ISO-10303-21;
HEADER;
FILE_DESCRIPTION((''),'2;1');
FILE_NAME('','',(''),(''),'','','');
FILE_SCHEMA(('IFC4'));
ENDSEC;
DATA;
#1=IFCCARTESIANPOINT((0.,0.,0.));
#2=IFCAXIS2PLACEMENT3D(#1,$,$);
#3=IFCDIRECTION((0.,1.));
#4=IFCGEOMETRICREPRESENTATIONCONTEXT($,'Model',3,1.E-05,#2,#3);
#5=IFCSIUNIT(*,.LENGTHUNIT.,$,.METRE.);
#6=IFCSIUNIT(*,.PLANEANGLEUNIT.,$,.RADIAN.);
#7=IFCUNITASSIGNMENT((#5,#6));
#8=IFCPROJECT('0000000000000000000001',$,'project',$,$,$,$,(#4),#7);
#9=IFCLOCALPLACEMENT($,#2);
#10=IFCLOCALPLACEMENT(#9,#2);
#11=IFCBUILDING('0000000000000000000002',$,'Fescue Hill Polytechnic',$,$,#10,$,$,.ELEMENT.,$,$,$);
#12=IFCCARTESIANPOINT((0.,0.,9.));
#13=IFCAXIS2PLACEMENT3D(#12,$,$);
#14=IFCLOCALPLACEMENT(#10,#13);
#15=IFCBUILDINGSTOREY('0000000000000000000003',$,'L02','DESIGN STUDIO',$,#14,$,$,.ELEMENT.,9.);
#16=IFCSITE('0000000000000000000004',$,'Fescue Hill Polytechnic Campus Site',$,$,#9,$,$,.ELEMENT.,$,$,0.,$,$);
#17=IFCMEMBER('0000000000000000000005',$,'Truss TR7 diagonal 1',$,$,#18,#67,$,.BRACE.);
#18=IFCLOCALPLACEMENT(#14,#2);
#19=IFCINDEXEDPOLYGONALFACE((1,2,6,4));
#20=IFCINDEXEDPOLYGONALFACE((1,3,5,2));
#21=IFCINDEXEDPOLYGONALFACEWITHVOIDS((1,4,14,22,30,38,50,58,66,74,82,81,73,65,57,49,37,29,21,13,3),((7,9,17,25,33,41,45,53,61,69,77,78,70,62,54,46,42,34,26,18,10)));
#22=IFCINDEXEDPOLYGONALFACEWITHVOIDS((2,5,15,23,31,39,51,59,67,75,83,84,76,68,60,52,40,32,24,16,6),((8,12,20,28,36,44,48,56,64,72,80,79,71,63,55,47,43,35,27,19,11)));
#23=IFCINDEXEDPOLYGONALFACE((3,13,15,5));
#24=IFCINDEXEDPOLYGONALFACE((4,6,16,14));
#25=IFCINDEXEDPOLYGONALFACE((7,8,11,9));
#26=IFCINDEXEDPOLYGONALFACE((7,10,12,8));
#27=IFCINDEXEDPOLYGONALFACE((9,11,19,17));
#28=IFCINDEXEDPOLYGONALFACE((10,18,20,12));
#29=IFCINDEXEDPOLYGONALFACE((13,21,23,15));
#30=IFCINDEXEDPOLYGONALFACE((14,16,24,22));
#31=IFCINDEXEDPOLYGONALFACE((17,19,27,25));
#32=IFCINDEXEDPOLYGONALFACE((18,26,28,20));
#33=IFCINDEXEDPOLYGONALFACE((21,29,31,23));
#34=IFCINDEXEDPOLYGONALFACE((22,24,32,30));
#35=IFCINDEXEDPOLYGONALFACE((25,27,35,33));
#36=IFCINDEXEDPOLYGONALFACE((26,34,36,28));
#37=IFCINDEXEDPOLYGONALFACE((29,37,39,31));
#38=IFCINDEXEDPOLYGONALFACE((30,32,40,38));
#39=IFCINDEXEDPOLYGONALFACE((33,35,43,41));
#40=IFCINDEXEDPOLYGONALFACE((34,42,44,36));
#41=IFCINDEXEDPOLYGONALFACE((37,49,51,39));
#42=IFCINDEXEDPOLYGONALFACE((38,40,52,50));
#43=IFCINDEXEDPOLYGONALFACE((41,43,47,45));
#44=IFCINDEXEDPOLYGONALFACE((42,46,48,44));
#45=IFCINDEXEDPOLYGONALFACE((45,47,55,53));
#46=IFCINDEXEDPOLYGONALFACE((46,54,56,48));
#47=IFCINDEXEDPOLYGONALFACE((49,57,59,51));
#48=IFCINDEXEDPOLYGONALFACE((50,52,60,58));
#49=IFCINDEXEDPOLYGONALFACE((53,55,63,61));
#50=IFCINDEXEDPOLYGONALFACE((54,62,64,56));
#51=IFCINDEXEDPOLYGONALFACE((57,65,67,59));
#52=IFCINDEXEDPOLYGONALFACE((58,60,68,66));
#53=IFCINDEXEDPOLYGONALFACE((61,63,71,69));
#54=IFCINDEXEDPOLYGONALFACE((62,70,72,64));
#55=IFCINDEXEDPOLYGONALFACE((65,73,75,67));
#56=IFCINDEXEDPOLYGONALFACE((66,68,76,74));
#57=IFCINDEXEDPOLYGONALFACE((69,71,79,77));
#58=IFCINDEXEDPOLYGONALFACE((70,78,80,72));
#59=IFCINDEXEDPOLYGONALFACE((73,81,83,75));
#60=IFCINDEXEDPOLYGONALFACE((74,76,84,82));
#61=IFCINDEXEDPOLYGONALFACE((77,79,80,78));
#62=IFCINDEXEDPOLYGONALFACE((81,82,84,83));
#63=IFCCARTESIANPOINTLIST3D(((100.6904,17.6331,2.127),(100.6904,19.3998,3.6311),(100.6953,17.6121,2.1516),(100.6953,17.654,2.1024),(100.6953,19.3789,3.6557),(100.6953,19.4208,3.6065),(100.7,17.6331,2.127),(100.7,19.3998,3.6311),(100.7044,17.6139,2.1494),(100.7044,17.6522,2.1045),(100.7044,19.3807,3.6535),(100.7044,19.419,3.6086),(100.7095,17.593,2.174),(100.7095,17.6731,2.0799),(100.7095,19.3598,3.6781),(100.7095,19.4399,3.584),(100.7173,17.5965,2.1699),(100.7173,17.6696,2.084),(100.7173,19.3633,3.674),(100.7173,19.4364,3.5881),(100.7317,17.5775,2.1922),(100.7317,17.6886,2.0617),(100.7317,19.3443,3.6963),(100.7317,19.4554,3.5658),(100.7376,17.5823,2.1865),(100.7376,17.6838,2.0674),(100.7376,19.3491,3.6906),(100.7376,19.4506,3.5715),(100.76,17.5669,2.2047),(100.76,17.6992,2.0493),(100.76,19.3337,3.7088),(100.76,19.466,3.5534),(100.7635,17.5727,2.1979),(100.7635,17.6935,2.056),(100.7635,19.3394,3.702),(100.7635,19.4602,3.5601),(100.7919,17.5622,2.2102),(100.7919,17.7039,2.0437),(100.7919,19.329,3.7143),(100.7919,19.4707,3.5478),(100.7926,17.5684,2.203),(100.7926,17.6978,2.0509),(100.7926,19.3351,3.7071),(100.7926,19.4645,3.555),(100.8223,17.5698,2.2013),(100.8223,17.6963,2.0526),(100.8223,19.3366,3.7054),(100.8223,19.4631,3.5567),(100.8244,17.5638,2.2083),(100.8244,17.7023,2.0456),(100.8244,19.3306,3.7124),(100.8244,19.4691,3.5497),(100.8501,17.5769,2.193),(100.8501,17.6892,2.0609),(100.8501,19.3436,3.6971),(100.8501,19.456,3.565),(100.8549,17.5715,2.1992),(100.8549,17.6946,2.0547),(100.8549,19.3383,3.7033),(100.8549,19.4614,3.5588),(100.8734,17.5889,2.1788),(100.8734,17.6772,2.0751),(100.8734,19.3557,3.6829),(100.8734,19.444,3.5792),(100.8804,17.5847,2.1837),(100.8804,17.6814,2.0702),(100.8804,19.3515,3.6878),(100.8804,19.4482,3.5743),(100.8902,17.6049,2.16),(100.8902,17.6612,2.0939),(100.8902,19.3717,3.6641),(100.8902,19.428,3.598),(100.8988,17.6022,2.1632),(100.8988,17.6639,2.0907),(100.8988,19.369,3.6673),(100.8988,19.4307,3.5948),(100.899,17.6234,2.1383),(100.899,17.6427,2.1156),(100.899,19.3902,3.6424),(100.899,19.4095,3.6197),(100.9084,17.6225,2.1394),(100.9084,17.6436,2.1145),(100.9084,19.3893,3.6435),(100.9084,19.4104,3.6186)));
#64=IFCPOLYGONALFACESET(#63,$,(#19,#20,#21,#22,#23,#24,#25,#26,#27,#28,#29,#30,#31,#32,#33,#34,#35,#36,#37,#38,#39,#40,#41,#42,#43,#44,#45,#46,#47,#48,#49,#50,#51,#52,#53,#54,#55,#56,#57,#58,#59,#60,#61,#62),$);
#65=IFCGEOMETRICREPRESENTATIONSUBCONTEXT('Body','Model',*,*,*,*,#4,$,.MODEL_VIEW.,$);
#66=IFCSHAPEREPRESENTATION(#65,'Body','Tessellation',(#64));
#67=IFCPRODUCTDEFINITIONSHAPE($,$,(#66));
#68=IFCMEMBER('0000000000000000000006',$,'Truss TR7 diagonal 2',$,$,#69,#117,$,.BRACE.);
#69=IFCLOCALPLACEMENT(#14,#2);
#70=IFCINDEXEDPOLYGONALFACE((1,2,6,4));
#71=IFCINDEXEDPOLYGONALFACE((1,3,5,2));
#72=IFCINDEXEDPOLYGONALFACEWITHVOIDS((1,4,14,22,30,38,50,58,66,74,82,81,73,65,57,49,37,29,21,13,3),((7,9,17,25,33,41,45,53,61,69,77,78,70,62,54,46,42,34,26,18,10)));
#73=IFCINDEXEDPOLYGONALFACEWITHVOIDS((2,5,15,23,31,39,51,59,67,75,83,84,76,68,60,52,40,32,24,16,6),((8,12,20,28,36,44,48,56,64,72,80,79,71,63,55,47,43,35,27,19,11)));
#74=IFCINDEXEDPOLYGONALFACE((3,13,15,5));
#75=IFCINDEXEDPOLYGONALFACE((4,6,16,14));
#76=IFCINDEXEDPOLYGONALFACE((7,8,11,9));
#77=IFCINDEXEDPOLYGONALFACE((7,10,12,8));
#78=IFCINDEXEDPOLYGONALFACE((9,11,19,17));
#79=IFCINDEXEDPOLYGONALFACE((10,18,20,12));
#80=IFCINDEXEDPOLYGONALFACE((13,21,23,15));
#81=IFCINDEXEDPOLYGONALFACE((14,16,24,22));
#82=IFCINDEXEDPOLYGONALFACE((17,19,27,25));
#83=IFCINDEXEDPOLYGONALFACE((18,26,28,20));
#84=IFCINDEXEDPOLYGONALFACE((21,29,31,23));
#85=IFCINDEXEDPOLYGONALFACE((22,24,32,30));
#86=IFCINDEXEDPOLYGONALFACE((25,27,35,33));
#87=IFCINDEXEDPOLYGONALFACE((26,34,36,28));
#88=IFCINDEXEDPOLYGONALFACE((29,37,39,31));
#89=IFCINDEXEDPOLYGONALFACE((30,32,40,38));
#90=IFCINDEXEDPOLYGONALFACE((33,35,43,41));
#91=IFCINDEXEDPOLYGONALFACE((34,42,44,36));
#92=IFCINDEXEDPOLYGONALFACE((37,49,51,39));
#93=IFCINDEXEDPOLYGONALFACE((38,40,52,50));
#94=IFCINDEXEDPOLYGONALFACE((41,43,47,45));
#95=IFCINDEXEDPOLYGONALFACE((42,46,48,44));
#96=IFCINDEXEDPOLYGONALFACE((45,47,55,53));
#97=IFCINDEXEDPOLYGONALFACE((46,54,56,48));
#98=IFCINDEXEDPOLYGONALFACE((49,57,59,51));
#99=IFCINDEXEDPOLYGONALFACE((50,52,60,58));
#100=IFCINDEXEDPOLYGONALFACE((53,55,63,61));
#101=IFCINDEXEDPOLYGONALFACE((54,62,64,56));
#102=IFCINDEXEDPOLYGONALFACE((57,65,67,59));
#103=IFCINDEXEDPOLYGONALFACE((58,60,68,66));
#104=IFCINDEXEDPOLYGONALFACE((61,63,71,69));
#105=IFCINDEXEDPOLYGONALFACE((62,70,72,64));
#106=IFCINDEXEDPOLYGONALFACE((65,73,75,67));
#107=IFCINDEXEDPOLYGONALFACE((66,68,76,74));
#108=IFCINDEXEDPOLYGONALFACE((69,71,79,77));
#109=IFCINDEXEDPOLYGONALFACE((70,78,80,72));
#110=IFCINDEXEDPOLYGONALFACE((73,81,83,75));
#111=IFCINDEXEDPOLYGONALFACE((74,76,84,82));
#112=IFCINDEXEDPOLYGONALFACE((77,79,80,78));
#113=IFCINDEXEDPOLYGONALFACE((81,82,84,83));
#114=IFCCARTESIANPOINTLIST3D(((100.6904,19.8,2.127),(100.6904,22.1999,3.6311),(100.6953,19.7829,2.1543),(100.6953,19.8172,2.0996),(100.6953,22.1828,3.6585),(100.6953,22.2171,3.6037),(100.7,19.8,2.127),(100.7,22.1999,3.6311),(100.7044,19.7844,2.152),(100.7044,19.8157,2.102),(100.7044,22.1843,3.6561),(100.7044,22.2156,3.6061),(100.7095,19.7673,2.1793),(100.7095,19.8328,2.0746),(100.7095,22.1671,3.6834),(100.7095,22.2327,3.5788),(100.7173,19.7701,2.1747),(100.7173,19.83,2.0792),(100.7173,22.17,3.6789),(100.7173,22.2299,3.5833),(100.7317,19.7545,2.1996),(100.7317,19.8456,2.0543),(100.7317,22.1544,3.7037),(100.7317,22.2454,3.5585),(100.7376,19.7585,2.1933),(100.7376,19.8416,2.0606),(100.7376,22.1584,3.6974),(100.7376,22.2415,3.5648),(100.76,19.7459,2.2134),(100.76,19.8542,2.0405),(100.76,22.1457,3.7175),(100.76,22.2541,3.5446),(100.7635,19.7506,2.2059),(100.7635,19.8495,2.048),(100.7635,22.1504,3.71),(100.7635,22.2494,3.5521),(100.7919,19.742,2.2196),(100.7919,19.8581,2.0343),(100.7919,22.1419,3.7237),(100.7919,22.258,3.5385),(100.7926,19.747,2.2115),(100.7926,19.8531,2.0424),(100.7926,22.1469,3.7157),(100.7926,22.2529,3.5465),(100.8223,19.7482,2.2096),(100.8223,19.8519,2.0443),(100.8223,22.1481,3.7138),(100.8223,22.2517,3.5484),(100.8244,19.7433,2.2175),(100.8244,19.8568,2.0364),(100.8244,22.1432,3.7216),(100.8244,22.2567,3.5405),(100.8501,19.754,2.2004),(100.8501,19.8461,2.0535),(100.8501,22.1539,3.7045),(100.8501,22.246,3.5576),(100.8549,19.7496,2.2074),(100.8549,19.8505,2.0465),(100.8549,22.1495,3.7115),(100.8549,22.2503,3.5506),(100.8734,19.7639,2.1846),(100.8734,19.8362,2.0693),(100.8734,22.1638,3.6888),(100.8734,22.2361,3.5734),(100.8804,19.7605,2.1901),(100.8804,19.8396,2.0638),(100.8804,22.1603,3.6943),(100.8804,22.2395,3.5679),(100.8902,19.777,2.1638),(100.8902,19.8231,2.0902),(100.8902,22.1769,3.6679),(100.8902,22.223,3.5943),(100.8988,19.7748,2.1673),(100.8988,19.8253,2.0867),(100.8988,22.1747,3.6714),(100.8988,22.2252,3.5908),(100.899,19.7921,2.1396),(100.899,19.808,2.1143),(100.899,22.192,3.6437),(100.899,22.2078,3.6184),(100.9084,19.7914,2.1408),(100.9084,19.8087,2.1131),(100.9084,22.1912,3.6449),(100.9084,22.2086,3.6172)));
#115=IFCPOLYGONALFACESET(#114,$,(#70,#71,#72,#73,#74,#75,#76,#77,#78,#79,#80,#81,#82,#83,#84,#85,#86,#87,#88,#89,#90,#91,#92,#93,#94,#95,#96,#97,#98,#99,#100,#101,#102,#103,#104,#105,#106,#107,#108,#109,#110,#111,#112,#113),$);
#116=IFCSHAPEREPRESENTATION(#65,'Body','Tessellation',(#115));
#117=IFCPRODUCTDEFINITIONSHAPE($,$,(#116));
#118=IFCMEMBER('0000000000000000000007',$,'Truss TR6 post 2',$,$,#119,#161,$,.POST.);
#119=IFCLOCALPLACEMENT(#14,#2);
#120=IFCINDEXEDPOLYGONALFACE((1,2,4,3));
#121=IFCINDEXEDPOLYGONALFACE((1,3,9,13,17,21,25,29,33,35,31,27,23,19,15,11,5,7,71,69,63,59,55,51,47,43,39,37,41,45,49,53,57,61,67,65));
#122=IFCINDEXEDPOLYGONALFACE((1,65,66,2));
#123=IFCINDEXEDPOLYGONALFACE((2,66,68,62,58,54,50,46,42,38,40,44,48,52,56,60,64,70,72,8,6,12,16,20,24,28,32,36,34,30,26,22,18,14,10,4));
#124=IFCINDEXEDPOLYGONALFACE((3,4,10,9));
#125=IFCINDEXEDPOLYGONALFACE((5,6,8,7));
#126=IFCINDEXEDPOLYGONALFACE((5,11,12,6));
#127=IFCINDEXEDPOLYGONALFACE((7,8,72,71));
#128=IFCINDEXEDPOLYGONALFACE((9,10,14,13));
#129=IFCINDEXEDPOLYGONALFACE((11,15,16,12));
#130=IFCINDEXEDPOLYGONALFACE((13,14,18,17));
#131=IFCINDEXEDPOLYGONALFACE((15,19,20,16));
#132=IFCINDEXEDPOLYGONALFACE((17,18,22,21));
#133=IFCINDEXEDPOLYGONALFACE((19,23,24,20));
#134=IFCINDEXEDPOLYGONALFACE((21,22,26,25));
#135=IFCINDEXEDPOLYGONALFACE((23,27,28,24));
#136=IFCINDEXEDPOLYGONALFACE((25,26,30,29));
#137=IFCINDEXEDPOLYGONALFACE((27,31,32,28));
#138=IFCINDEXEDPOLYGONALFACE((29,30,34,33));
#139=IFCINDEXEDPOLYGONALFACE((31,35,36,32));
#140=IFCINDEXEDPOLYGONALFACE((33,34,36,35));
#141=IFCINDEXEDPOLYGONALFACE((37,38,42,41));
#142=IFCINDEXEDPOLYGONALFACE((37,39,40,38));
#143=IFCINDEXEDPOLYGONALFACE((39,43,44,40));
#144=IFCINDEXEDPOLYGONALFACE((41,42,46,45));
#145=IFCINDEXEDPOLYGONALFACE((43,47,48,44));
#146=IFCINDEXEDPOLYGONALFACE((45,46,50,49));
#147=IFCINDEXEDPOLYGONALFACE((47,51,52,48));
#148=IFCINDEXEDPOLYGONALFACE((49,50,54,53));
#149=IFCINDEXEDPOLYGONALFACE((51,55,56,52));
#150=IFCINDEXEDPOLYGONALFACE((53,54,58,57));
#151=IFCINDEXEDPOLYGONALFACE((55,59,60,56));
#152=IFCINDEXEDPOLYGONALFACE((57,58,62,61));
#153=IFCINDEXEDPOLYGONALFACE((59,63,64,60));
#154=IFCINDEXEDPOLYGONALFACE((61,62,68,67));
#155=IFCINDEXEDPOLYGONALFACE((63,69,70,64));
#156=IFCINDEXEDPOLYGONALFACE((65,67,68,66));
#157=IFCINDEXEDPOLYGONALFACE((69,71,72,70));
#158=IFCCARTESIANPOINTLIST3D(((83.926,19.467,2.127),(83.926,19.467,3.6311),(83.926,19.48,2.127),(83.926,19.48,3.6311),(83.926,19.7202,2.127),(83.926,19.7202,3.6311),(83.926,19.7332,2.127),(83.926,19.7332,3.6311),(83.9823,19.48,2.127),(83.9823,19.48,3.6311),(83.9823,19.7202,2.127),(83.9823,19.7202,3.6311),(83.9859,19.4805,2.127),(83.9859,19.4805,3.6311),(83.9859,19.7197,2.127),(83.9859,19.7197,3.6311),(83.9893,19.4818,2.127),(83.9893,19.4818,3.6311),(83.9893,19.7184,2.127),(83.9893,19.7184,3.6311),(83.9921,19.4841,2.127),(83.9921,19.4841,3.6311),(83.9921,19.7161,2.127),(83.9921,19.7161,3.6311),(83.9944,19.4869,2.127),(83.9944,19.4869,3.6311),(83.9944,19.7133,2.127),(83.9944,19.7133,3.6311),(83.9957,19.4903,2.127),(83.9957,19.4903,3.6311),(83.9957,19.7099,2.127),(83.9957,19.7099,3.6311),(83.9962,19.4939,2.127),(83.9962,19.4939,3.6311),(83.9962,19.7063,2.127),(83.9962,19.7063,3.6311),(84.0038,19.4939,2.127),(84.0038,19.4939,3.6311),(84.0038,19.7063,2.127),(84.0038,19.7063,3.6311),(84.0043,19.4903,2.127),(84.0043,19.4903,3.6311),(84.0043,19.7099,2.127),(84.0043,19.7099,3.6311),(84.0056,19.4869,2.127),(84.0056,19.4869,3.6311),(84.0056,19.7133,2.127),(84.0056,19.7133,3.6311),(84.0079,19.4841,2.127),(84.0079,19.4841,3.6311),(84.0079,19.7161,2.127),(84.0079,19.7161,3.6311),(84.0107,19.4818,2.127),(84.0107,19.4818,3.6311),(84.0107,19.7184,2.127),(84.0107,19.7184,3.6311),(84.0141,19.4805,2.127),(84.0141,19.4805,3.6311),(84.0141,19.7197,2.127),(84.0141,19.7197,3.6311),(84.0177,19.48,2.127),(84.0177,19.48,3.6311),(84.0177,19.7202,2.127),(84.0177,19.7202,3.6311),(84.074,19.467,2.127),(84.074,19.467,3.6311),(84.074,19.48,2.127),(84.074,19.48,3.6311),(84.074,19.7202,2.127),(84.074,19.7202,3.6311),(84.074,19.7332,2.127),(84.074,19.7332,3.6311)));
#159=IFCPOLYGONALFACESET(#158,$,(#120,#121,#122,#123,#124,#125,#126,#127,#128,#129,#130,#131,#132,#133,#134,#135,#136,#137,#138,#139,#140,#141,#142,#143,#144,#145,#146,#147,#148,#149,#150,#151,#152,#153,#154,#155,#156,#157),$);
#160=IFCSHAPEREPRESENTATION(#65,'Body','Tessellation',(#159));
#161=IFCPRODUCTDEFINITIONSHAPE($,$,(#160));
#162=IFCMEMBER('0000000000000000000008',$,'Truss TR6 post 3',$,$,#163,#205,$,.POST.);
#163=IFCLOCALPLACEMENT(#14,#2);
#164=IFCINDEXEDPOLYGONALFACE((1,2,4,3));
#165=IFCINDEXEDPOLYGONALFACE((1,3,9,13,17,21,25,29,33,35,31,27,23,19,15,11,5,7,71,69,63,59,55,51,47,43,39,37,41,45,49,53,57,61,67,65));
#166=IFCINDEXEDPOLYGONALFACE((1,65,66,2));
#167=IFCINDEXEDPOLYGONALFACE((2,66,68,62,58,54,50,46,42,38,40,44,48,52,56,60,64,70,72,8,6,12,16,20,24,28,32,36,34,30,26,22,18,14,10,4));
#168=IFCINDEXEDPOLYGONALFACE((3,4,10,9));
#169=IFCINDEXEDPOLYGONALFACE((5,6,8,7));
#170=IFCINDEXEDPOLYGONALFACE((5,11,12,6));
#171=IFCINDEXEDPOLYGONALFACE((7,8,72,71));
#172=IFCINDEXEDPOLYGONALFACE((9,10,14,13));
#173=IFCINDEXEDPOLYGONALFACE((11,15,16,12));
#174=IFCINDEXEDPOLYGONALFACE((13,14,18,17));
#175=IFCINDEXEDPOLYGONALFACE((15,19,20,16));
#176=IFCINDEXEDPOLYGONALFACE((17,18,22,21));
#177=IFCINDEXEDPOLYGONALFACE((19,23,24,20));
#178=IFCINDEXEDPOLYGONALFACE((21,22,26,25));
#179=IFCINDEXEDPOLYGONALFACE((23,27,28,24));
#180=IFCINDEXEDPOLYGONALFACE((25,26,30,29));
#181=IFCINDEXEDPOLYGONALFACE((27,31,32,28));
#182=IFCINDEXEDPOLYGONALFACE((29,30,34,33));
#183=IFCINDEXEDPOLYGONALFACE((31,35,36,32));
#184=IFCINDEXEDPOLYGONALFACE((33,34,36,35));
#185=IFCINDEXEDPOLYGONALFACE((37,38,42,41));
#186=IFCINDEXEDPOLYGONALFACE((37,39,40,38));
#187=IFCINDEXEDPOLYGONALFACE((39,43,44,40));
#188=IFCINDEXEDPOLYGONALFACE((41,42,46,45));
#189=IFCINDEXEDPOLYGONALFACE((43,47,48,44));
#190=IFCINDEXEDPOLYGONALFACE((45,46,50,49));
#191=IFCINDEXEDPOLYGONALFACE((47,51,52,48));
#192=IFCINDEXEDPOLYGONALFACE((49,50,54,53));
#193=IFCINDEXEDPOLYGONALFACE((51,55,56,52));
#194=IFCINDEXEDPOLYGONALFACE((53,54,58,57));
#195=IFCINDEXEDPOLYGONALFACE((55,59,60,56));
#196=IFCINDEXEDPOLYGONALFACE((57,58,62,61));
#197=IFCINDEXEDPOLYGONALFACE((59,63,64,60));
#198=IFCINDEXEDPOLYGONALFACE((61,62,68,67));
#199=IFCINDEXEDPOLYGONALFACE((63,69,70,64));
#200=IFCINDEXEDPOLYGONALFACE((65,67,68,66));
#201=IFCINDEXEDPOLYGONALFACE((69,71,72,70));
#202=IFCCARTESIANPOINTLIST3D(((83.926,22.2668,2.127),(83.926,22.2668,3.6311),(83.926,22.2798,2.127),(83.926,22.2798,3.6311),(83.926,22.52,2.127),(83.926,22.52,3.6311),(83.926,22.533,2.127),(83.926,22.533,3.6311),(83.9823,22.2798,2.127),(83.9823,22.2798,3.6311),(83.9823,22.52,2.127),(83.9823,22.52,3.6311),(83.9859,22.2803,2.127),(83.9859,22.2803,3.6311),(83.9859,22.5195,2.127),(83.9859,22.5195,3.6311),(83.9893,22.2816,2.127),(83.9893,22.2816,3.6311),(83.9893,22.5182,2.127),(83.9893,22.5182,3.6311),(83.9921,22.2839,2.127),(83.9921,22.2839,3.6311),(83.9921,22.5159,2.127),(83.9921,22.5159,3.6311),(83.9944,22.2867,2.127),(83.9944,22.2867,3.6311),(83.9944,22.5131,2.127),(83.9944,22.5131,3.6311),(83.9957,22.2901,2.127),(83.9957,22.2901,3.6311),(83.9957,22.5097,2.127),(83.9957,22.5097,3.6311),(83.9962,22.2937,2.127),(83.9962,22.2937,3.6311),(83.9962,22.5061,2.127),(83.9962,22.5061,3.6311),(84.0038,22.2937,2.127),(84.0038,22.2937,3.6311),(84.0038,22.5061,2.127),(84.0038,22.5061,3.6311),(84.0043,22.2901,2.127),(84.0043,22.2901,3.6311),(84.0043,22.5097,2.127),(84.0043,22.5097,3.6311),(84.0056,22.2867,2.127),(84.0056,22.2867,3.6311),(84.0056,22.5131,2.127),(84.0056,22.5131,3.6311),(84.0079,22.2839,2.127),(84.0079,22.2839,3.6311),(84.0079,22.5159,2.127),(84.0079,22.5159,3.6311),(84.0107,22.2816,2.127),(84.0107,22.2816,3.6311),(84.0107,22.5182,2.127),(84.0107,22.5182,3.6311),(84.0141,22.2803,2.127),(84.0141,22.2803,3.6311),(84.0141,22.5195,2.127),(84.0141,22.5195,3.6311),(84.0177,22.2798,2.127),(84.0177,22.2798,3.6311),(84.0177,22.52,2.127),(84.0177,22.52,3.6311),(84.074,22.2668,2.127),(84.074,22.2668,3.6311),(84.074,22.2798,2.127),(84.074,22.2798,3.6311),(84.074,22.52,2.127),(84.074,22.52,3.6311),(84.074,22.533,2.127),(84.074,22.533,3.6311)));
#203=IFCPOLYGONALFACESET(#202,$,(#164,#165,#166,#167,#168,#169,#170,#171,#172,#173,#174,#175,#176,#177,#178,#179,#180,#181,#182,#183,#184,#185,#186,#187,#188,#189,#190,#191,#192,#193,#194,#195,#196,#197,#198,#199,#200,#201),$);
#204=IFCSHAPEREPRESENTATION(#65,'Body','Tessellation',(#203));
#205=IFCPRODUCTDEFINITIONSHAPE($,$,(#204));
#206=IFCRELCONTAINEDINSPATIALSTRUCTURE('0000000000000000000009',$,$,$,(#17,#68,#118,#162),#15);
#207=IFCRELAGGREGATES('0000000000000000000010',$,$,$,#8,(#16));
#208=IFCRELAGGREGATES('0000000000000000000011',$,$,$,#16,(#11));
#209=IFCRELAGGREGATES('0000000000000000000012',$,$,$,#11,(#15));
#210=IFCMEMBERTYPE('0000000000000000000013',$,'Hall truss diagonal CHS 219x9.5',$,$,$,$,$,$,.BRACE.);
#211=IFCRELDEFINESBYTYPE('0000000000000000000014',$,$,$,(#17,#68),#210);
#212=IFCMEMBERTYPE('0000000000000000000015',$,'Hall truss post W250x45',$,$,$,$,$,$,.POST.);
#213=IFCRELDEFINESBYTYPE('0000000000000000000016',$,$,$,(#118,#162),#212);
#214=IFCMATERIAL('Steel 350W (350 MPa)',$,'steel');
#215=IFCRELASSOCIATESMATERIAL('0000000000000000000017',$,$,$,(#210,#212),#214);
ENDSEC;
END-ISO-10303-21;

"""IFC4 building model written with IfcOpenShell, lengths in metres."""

from ifc_helpers import new_model, si_unit, direction, frame, origin, origin_2d, place, context, subcontext, project, spatial, hollow_circle, i_section, extrude, material, material_profile, profile_set, type_object, element, save


model = new_model("IFC4")

# Units and contexts
model_context = context("Model", 3, precision=1e-05, world=origin(), true_north=direction((0.0, 1.0)))
body_context = subcontext(model_context, "Body", "Model", "MODEL_VIEW")
ifc_project = project(units=[si_unit("LENGTHUNIT", "METRE"), si_unit("PLANEANGLEUNIT", "RADIAN")], contexts=[model_context])

# Site, building, storey
site_placement = place(None, origin())
site = spatial("IfcSite", under=ifc_project, at=site_placement, Name="Fescue Hill Polytechnic Campus Site", CompositionType="ELEMENT", RefElevation=0.0)
building_placement = place(site_placement, origin())
building = spatial("IfcBuilding", under=site, at=building_placement, Name="Fescue Hill Polytechnic", CompositionType="ELEMENT")
storey_placement = place(building_placement, frame((0.0, 0.0, 9.0)))
storey = spatial("IfcBuildingStorey", under=building, at=storey_placement, Name="L02", Description="DESIGN STUDIO", CompositionType="ELEMENT", Elevation=9.0)

# Members
ifc_material_1 = material(Name="Steel 350W (350 MPa)", Category="steel")
ifc_material_profile_1 = material_profile(ifc_material_1, hollow_circle(Radius=0.1096, WallThickness=0.0095, at=origin_2d()), Name="Hall truss diagonal CHS 219x9.5")
ifc_profile_set_1 = profile_set([ifc_material_profile_1], Name="Steel 350W (350 MPa)")
member_type_1 = type_object("IfcMemberType", Name="Hall truss diagonal CHS 219x9.5", PredefinedType="BRACE", material=ifc_profile_set_1)
member_1_placement = place(storey_placement, frame((100.8, 17.6331, 2.127), z_axis=(0.0, 0.761443, 0.648232), x_axis=(-1.0, 0.0, 0.0)))
element("IfcMember", 1, at=member_1_placement, inside=storey, type_object=member_type_1, Name="Truss TR7 diagonal 1", PredefinedType="BRACE", context=body_context, shape_type="SweptSolid", body=[
    extrude(hollow_circle(Radius=0.1096, WallThickness=0.0095, at=origin_2d()), origin(), (0.0, 0.0, 1.0), 2.3203),
])
member_2_placement = place(storey_placement, frame((100.8, 19.8, 2.127), z_axis=(0.0, 0.847329, 0.531068), x_axis=(-1.0, 0.0, 0.0)))
element("IfcMember", 2, at=member_2_placement, inside=storey, type_object=member_type_1, Name="Truss TR7 diagonal 2", PredefinedType="BRACE", context=body_context, shape_type="SweptSolid", body=[
    extrude(hollow_circle(Radius=0.1096, WallThickness=0.0095, at=origin_2d()), origin(), (0.0, 0.0, 1.0), 2.8323),
])
ifc_material_profile_2 = material_profile(ifc_material_1, i_section(OverallWidth=0.1479, OverallDepth=0.2661, WebThickness=0.0076, FlangeThickness=0.0129, FilletRadius=0.0139, at=origin_2d()), Name="W250x45")
ifc_profile_set_2 = profile_set([ifc_material_profile_2], Name="Steel 350W (350 MPa)")
member_type_2 = type_object("IfcMemberType", Name="Hall truss post W250x45", PredefinedType="POST", material=ifc_profile_set_2)
for number, where, z_axis, x_axis, name in (
    (3, (84.0, 19.6001, 2.127), (0.0, 0.0, 1.0), (1.0, 0.0, 0.0), "Truss TR6 post 2"),
    (4, (84.0, 22.3999, 2.127), (0.0, 0.0, 1.0), (1.0, 0.0, 0.0), "Truss TR6 post 3"),
):
    element("IfcMember", number, at=place(storey_placement, frame(where, z_axis=z_axis, x_axis=x_axis)), inside=storey, type_object=member_type_2, Name=name, PredefinedType="POST", context=body_context, shape_type="SweptSolid", body=[
        extrude(i_section(OverallWidth=0.1479, OverallDepth=0.2661, WebThickness=0.0076, FlangeThickness=0.0129, FilletRadius=0.0139, at=origin_2d()), origin(), (0.0, 0.0, 1.0), 1.5042),
    ])

save(model, "model.ifc")
